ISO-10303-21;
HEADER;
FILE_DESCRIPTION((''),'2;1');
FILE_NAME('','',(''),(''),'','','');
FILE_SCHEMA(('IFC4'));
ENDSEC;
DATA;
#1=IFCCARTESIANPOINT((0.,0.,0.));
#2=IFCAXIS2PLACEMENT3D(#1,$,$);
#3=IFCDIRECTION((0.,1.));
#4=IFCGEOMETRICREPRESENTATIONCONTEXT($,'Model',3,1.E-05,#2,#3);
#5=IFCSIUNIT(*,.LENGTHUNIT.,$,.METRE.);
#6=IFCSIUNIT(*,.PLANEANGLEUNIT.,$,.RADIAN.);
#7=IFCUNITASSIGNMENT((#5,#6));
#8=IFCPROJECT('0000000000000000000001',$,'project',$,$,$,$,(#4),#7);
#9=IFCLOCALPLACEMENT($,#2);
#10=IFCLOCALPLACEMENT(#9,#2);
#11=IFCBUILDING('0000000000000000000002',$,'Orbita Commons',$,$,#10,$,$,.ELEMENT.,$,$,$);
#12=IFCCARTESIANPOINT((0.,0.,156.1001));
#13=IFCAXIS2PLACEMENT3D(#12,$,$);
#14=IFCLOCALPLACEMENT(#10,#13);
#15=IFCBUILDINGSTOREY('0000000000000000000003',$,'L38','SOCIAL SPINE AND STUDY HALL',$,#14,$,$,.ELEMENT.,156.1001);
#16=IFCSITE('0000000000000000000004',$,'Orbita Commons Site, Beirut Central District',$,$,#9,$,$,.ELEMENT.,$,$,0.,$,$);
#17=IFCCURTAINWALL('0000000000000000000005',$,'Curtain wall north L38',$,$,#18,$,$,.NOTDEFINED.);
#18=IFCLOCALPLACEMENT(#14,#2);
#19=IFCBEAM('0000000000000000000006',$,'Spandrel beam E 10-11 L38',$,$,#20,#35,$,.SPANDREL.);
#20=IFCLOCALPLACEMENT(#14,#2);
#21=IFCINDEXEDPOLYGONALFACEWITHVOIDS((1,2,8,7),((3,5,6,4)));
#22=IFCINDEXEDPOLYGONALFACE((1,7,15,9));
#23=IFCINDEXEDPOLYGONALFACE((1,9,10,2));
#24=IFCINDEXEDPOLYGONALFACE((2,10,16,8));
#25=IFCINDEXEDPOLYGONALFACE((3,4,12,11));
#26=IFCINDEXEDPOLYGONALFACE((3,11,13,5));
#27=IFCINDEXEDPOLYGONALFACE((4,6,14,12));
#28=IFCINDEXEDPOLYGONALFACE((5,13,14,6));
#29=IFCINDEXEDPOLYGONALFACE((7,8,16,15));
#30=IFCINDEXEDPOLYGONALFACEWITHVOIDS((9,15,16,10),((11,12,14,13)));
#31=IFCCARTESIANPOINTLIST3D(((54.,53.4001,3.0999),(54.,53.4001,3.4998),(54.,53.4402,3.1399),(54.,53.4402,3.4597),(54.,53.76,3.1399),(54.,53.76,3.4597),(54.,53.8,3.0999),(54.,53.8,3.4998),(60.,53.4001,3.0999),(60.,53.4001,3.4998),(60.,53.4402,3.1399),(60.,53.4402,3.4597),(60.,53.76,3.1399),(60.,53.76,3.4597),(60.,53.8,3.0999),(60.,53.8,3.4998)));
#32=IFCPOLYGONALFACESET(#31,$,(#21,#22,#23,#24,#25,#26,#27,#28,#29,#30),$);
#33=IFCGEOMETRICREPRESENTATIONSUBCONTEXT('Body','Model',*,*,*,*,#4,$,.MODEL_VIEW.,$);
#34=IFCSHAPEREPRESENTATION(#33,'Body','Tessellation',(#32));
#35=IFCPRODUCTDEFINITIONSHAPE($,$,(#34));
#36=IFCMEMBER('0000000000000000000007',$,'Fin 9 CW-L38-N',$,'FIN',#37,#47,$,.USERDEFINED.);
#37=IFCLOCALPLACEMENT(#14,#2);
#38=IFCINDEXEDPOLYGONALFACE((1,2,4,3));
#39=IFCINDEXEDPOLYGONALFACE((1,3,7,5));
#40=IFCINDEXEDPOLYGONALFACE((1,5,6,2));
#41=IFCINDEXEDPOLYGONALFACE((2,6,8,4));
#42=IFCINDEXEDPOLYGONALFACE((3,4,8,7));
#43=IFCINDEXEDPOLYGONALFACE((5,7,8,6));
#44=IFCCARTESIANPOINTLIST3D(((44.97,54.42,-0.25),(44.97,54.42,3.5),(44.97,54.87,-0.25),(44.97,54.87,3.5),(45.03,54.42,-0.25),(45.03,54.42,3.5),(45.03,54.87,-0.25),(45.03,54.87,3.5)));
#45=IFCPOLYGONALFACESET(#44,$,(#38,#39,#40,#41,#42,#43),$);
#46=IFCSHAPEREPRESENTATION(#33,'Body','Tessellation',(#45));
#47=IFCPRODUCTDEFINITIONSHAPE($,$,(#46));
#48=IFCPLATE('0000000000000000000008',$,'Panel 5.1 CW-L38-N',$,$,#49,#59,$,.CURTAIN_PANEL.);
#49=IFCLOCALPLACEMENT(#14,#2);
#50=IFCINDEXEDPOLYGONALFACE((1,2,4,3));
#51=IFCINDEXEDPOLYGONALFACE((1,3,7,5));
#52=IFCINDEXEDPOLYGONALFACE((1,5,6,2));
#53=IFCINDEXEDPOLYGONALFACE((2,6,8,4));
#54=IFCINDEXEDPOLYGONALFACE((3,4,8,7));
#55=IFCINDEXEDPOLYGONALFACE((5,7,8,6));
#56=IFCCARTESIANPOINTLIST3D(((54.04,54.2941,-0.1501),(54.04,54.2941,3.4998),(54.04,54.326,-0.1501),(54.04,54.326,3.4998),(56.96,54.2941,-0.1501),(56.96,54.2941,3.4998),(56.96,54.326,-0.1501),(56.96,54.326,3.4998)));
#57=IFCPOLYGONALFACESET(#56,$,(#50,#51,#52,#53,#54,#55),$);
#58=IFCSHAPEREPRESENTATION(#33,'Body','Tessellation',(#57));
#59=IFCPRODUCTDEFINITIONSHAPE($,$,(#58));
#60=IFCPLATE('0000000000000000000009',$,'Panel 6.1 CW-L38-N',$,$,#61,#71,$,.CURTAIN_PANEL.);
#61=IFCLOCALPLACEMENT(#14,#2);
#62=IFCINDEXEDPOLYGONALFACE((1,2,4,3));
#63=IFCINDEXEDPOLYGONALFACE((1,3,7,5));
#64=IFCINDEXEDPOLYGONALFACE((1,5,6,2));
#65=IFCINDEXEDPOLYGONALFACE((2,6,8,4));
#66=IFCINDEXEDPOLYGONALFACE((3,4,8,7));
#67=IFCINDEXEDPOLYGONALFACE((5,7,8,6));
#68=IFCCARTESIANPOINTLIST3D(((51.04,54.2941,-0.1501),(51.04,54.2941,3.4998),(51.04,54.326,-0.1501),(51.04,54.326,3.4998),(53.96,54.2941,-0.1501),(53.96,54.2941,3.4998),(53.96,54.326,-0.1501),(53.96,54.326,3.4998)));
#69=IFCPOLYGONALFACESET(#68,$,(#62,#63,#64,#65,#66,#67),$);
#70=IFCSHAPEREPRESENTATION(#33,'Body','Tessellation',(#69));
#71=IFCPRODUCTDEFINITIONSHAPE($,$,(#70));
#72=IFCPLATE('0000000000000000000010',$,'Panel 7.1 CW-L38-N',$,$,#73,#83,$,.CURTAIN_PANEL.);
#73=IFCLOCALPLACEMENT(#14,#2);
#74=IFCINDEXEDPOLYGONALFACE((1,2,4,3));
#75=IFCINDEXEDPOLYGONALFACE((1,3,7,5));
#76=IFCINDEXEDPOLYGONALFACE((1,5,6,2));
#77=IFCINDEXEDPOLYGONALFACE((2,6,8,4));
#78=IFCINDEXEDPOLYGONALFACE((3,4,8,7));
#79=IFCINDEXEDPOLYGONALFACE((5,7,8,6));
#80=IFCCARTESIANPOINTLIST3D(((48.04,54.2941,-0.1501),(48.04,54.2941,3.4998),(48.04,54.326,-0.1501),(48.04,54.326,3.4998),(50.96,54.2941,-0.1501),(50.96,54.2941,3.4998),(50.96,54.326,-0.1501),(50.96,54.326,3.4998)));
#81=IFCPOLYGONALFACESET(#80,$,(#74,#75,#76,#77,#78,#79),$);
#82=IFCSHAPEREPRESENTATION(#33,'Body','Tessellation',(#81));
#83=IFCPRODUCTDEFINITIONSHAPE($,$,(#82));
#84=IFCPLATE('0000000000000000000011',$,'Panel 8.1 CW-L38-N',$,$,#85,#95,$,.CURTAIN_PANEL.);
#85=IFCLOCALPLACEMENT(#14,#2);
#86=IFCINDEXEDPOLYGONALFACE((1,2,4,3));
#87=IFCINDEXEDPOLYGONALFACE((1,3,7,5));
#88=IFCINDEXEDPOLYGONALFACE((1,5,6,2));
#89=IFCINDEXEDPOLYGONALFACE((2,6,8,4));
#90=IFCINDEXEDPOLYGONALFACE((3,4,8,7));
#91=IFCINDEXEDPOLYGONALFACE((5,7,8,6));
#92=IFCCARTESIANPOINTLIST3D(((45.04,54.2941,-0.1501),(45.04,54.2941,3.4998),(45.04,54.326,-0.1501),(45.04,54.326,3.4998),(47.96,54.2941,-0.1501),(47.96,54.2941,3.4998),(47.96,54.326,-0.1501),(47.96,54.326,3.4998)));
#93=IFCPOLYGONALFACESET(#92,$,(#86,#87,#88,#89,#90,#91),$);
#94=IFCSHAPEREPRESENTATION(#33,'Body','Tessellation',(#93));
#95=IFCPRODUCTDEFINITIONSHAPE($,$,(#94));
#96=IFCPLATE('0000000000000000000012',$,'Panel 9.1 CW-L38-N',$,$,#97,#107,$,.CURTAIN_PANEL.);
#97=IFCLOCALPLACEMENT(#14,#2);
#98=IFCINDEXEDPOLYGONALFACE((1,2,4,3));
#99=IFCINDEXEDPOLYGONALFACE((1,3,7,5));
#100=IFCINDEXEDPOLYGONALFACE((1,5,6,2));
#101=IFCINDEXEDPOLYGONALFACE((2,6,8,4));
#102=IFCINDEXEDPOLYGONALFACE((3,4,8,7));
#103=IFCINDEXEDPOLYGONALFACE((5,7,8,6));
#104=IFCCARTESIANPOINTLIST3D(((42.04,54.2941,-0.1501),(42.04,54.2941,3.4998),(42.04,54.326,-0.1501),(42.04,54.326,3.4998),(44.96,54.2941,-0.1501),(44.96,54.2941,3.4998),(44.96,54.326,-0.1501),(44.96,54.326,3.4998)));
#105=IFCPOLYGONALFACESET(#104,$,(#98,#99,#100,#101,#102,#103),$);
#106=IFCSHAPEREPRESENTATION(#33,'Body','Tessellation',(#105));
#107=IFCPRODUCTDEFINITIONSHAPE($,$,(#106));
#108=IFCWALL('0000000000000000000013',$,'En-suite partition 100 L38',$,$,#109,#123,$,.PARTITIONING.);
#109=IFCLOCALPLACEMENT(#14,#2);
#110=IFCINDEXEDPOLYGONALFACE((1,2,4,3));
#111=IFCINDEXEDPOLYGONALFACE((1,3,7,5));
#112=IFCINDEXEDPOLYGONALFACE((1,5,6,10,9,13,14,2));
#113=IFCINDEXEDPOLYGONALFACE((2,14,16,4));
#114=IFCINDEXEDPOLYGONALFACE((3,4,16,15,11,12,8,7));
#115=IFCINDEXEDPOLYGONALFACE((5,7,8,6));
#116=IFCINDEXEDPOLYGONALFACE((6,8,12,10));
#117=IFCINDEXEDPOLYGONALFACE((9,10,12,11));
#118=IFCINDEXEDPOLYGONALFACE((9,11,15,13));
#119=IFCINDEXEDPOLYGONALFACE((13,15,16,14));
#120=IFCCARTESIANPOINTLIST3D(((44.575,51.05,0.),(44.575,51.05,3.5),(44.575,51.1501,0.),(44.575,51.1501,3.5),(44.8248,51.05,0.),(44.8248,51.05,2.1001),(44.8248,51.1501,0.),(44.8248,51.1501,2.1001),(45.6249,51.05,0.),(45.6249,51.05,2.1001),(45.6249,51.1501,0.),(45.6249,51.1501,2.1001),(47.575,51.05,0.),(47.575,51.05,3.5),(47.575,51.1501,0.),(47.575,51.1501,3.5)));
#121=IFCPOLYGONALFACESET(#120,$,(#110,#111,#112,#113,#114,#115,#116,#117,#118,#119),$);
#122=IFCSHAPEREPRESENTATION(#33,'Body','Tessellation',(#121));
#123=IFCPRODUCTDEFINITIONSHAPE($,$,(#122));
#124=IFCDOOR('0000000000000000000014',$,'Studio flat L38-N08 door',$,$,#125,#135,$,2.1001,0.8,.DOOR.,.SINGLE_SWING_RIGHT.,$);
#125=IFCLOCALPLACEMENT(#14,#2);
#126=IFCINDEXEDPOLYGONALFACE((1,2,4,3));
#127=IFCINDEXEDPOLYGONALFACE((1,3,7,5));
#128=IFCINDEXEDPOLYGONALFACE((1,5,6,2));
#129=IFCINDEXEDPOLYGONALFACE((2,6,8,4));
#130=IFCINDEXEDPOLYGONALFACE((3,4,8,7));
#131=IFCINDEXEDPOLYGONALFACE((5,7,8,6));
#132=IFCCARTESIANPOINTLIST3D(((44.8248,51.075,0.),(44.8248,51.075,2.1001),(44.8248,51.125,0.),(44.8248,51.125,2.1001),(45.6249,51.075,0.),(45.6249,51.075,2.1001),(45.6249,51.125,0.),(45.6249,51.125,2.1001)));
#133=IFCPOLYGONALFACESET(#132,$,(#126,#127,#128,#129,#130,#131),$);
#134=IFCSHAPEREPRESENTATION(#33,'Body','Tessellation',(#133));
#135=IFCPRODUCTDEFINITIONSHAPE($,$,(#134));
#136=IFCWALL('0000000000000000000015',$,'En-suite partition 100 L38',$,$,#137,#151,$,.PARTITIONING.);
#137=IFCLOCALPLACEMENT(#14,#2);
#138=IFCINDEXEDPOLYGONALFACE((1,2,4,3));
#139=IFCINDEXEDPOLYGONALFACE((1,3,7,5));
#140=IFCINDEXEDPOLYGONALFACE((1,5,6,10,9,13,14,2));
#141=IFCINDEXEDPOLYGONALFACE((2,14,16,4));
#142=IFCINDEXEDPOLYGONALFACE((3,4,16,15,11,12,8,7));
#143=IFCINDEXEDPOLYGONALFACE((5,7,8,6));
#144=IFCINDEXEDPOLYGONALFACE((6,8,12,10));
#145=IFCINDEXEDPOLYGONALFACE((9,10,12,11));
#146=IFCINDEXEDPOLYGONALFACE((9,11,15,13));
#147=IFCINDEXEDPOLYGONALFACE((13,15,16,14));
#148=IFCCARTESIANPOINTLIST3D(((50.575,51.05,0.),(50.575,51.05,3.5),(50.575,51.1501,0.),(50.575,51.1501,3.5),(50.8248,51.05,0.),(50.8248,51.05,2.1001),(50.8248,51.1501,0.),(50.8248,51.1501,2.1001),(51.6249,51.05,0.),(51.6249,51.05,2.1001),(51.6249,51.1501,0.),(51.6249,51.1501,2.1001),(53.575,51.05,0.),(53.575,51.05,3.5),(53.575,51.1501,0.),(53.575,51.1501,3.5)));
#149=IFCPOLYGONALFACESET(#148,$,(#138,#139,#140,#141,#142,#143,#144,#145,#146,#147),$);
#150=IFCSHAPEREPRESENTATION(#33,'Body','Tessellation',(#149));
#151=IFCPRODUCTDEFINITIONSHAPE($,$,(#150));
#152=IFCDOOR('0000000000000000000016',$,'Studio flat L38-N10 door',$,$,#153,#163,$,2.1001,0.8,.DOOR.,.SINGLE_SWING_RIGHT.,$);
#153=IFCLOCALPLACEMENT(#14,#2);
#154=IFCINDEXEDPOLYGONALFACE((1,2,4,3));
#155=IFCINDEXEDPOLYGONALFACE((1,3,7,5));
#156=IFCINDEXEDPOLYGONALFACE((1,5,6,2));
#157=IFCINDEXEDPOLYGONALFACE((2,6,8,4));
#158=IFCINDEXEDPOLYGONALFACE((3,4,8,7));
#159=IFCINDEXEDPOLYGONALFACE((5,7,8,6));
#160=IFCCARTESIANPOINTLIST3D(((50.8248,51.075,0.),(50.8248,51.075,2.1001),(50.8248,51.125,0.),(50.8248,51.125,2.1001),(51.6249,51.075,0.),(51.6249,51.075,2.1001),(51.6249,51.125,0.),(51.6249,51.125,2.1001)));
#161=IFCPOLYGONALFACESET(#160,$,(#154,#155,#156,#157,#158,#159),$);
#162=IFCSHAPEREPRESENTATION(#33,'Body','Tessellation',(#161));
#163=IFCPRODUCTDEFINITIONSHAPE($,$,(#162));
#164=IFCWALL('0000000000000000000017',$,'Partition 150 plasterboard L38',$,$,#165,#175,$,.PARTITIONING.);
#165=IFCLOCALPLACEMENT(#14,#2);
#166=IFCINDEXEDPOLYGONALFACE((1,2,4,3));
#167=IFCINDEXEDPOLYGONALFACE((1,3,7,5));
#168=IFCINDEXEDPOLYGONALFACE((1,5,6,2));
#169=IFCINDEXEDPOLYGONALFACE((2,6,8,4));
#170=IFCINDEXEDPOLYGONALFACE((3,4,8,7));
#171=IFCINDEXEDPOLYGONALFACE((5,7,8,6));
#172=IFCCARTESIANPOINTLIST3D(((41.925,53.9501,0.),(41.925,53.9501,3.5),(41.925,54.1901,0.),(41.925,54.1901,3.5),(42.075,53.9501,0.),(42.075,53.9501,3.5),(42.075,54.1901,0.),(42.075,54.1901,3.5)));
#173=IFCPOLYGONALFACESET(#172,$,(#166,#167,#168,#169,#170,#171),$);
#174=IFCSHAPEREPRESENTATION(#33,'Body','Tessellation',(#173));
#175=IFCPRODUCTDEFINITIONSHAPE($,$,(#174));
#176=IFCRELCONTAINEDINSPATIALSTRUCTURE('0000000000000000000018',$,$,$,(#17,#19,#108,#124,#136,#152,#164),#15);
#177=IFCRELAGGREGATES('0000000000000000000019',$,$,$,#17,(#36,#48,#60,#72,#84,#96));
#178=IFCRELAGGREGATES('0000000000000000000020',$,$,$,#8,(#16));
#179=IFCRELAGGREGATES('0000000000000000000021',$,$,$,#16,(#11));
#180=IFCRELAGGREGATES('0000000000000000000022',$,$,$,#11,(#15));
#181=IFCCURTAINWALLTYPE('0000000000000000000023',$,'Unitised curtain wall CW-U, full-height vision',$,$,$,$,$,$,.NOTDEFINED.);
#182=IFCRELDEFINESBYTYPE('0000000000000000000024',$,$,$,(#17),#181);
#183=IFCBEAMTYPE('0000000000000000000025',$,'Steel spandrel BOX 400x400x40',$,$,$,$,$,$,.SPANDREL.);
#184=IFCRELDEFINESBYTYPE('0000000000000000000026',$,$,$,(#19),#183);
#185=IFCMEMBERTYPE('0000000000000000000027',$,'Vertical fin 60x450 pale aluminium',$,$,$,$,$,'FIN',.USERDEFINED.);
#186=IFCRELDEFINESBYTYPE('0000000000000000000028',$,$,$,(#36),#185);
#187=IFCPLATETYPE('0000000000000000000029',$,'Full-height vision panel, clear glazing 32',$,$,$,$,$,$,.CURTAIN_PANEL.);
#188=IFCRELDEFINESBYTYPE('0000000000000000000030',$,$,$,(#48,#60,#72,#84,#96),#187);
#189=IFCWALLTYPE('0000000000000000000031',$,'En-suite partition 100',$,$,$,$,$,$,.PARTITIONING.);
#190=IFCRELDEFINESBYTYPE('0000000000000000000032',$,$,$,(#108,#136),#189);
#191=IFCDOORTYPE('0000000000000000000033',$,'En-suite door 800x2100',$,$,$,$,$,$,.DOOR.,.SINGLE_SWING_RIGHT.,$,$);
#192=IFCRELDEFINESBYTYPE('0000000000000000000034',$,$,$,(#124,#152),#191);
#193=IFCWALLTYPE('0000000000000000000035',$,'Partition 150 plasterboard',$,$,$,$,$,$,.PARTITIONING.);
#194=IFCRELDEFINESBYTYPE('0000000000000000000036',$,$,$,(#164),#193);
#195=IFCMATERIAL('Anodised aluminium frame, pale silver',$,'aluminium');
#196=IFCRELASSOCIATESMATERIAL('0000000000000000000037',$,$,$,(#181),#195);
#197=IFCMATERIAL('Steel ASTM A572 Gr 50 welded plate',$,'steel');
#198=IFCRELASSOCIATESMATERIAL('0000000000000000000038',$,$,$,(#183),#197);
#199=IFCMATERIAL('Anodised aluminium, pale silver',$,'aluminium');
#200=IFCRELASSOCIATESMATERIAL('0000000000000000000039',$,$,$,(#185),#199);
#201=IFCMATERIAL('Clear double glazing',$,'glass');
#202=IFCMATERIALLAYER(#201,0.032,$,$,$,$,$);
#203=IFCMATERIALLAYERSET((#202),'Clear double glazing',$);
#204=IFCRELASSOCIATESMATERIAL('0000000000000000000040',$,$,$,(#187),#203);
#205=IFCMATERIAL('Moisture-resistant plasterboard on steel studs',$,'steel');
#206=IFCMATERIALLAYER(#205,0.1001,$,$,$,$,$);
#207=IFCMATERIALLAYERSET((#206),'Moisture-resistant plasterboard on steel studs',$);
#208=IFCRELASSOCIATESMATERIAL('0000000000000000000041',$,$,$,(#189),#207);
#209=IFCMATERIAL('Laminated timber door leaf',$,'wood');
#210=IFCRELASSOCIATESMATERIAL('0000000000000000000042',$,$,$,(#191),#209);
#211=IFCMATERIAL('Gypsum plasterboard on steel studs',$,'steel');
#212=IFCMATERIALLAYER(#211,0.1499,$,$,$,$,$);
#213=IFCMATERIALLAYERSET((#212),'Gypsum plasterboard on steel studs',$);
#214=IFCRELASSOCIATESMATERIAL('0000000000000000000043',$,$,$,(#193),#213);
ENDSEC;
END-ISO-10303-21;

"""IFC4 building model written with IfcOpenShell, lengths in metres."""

from ifc_helpers import new_model, si_unit, direction, frame, frame_2d, origin, origin_2d, place, context, subcontext, project, spatial, rectangle, hollow_rectangle, extrude, material, layer, layer_set, material_profile, profile_set, type_object, element, fill, aggregate, save


model = new_model("IFC4")

# Units and contexts
model_context = context("Model", 3, precision=1e-05, world=origin(), true_north=direction((0.0, 1.0)))
body_context = subcontext(model_context, "Body", "Model", "MODEL_VIEW")
ifc_project = project(units=[si_unit("LENGTHUNIT", "METRE"), si_unit("PLANEANGLEUNIT", "RADIAN")], contexts=[model_context])

# Site, building, storey
site_placement = place(None, origin())
site = spatial("IfcSite", under=ifc_project, at=site_placement, Name="Orbita Commons Site, Beirut Central District", CompositionType="ELEMENT", RefElevation=0.0)
building_placement = place(site_placement, origin())
building = spatial("IfcBuilding", under=site, at=building_placement, Name="Orbita Commons", CompositionType="ELEMENT")
storey_placement = place(building_placement, frame((0.0, 0.0, 156.1001)))
storey = spatial("IfcBuildingStorey", under=building, at=storey_placement, Name="L38", Description="SOCIAL SPINE AND STUDY HALL", CompositionType="ELEMENT", Elevation=156.1001)

# Curtain wall
ifc_material_1 = material(Name="Anodised aluminium frame, pale silver", Category="aluminium")
curtain_wall_type = type_object("IfcCurtainWallType", Name="Unitised curtain wall CW-U, full-height vision", PredefinedType="NOTDEFINED", material=ifc_material_1)
curtain_wall_placement = place(storey_placement, origin())
curtain_wall = element("IfcCurtainWall", 1, at=curtain_wall_placement, inside=storey, type_object=curtain_wall_type, Name="Curtain wall north L38", PredefinedType="NOTDEFINED")

# Beam
ifc_material_2 = material(Name="Steel ASTM A572 Gr 50 welded plate", Category="steel")
ifc_material_profile_1 = material_profile(ifc_material_2, hollow_rectangle(XDim=0.3999, YDim=0.3999, WallThickness=0.04, at=origin_2d()), Name="BOX 400x400x40")
ifc_profile_set_1 = profile_set([ifc_material_profile_1], Name="Steel ASTM A572 Gr 50 welded plate")
beam_type = type_object("IfcBeamType", Name="Steel spandrel BOX 400x400x40", PredefinedType="SPANDREL", material=ifc_profile_set_1)
for number, where, z_axis, x_axis, name in (
    (2, (54.0, 53.6001, 3.2998), (1.0, 0.0, 0.0), (0.0, 1.0, 0.0), "Spandrel beam E 10-11 L38"),
):
    element("IfcBeam", number, at=place(storey_placement, frame(where, z_axis=z_axis, x_axis=x_axis)), inside=storey, type_object=beam_type, Name=name, PredefinedType="SPANDREL", context=body_context, shape_type="SweptSolid", body=[
        extrude(hollow_rectangle(XDim=0.3999, YDim=0.3999, WallThickness=0.04, at=origin_2d()), origin(), (0.0, 0.0, 1.0), 6.0),
    ])

# Member
ifc_material_3 = material(Name="Anodised aluminium, pale silver", Category="aluminium")
ifc_material_profile_2 = material_profile(ifc_material_3, rectangle(XDim=0.0601, YDim=0.45, at=origin_2d()), Name="FIN 60x450")
ifc_profile_set_2 = profile_set([ifc_material_profile_2], Name="Anodised aluminium, pale silver")
member_type_1 = type_object("IfcMemberType", Name="Vertical fin 60x450 pale aluminium", ElementType="FIN", PredefinedType="USERDEFINED", material=ifc_profile_set_2)
member_1_placement = place(storey_placement, frame((45.0, 54.645, -0.25), z_axis=(0.0, 0.0, 1.0), x_axis=(-1.0, 0.0, 0.0)))
member_1 = element("IfcMember", 3, at=member_1_placement, type_object=member_type_1, Name="Fin 9 CW-L38-N", ObjectType="FIN", PredefinedType="USERDEFINED", context=body_context, shape_type="SweptSolid", body=[
    extrude(rectangle(XDim=0.0601, YDim=0.45, at=origin_2d()), origin(), (0.0, 0.0, 1.0), 3.75),
])

# Plates
ifc_material_4 = material(Name="Clear double glazing", Category="glass")
ifc_layer_1 = layer(ifc_material_4, 0.032)
ifc_layer_set_1 = layer_set([ifc_layer_1], Name="Clear double glazing")
plate_type = type_object("IfcPlateType", Name="Full-height vision panel, clear glazing 32", PredefinedType="CURTAIN_PANEL", material=ifc_layer_set_1)
plate_1_placement = place(storey_placement, frame((55.5, 54.3101, -0.1501), z_axis=(0.0, 0.0, 1.0), x_axis=(-1.0, 0.0, 0.0)))
plate_1 = element("IfcPlate", 4, at=plate_1_placement, type_object=plate_type, Name="Panel 5.1 CW-L38-N", PredefinedType="CURTAIN_PANEL", context=body_context, shape_type="SweptSolid", body=[
    extrude(rectangle(XDim=2.9199, YDim=0.032, at=origin_2d()), origin(), (0.0, 0.0, 1.0), 3.6499),
])
plate_2_placement = place(storey_placement, frame((52.5, 54.3101, -0.1501), z_axis=(0.0, 0.0, 1.0), x_axis=(-1.0, 0.0, 0.0)))
plate_2 = element("IfcPlate", 5, at=plate_2_placement, type_object=plate_type, Name="Panel 6.1 CW-L38-N", PredefinedType="CURTAIN_PANEL", context=body_context, shape_type="SweptSolid", body=[
    extrude(rectangle(XDim=2.9199, YDim=0.032, at=origin_2d()), origin(), (0.0, 0.0, 1.0), 3.6499),
])
plate_3_placement = place(storey_placement, frame((49.5, 54.3101, -0.1501), z_axis=(0.0, 0.0, 1.0), x_axis=(-1.0, 0.0, 0.0)))
plate_3 = element("IfcPlate", 6, at=plate_3_placement, type_object=plate_type, Name="Panel 7.1 CW-L38-N", PredefinedType="CURTAIN_PANEL", context=body_context, shape_type="SweptSolid", body=[
    extrude(rectangle(XDim=2.9199, YDim=0.032, at=origin_2d()), origin(), (0.0, 0.0, 1.0), 3.6499),
])
plate_4_placement = place(storey_placement, frame((46.5, 54.3101, -0.1501), z_axis=(0.0, 0.0, 1.0), x_axis=(-1.0, 0.0, 0.0)))
plate_4 = element("IfcPlate", 7, at=plate_4_placement, type_object=plate_type, Name="Panel 8.1 CW-L38-N", PredefinedType="CURTAIN_PANEL", context=body_context, shape_type="SweptSolid", body=[
    extrude(rectangle(XDim=2.9199, YDim=0.032, at=origin_2d()), origin(), (0.0, 0.0, 1.0), 3.6499),
])
plate_5_placement = place(storey_placement, frame((43.5, 54.3101, -0.1501), z_axis=(0.0, 0.0, 1.0), x_axis=(-1.0, 0.0, 0.0)))
plate_5 = element("IfcPlate", 8, at=plate_5_placement, type_object=plate_type, Name="Panel 9.1 CW-L38-N", PredefinedType="CURTAIN_PANEL", context=body_context, shape_type="SweptSolid", body=[
    extrude(rectangle(XDim=2.9199, YDim=0.032, at=origin_2d()), origin(), (0.0, 0.0, 1.0), 3.6499),
])
aggregate(curtain_wall, [member_1, plate_1, plate_2, plate_3, plate_4, plate_5])

# Walls, openings, doors
ifc_material_5 = material(Name="Moisture-resistant plasterboard on steel studs", Category="steel")
ifc_layer_2 = layer(ifc_material_5, 0.1001)
ifc_layer_set_2 = layer_set([ifc_layer_2], Name="Moisture-resistant plasterboard on steel studs")
wall_type_1 = type_object("IfcWallType", Name="En-suite partition 100", PredefinedType="PARTITIONING", material=ifc_layer_set_2)
wall_1_placement = place(storey_placement, frame((44.575, 51.1001, 0.0), z_axis=(0.0, 0.0, 1.0), x_axis=(1.0, 0.0, 0.0)))
wall_1 = element("IfcWall", 9, at=wall_1_placement, inside=storey, type_object=wall_type_1, Name="En-suite partition 100 L38", PredefinedType="PARTITIONING", context=body_context, shape_type="SweptSolid", body=[
    extrude(rectangle(XDim=3.0, YDim=0.1001, at=frame_2d((1.5, 0.0))), origin(), (0.0, 0.0, 1.0), 3.5),
])
opening_1_placement = place(wall_1_placement, frame((0.25, 0.0, 0.0)))
opening_1 = element("IfcOpeningElement", 10, at=opening_1_placement, cuts=wall_1, PredefinedType="OPENING", context=body_context, shape_type="SweptSolid", body=[
    extrude(rectangle(XDim=0.8, YDim=2.1001, at=frame_2d((0.3999, 1.05))), frame((0.0, 0.0601, 0.0), z_axis=(0.0, -1.0, 0.0), x_axis=(1.0, 0.0, 0.0)), (0.0, 0.0, 1.0), 0.1201),
])
ifc_material_6 = material(Name="Laminated timber door leaf", Category="wood")
door_type = type_object("IfcDoorType", Name="En-suite door 800x2100", OperationType="SINGLE_SWING_RIGHT", PredefinedType="DOOR", material=ifc_material_6)
door_1_placement = place(opening_1_placement, origin())
door_1 = element("IfcDoor", 11, at=door_1_placement, inside=storey, type_object=door_type, Name="Studio flat L38-N08 door", OperationType="SINGLE_SWING_RIGHT", OverallHeight=2.1001, OverallWidth=0.8, PredefinedType="DOOR", context=body_context, shape_type="SweptSolid", body=[
    extrude(rectangle(XDim=0.8, YDim=2.1001, at=frame_2d((0.3999, 1.05))), frame((0.0, 0.0249, 0.0), z_axis=(0.0, -1.0, 0.0), x_axis=(1.0, 0.0, 0.0)), (0.0, 0.0, 1.0), 0.05),
])
fill(opening_1, door_1)
wall_2_placement = place(storey_placement, frame((50.575, 51.1001, 0.0), z_axis=(0.0, 0.0, 1.0), x_axis=(1.0, 0.0, 0.0)))
wall_2 = element("IfcWall", 12, at=wall_2_placement, inside=storey, type_object=wall_type_1, Name="En-suite partition 100 L38", PredefinedType="PARTITIONING", context=body_context, shape_type="SweptSolid", body=[
    extrude(rectangle(XDim=3.0, YDim=0.1001, at=frame_2d((1.5, 0.0))), origin(), (0.0, 0.0, 1.0), 3.5),
])
opening_2_placement = place(wall_2_placement, frame((0.25, 0.0, 0.0)))
opening_2 = element("IfcOpeningElement", 13, at=opening_2_placement, cuts=wall_2, PredefinedType="OPENING", context=body_context, shape_type="SweptSolid", body=[
    extrude(rectangle(XDim=0.8, YDim=2.1001, at=frame_2d((0.3999, 1.05))), frame((0.0, 0.0601, 0.0), z_axis=(0.0, -1.0, 0.0), x_axis=(1.0, 0.0, 0.0)), (0.0, 0.0, 1.0), 0.1201),
])
door_2_placement = place(opening_2_placement, origin())
door_2 = element("IfcDoor", 14, at=door_2_placement, inside=storey, type_object=door_type, Name="Studio flat L38-N10 door", OperationType="SINGLE_SWING_RIGHT", OverallHeight=2.1001, OverallWidth=0.8, PredefinedType="DOOR", context=body_context, shape_type="SweptSolid", body=[
    extrude(rectangle(XDim=0.8, YDim=2.1001, at=frame_2d((0.3999, 1.05))), frame((0.0, 0.0249, 0.0), z_axis=(0.0, -1.0, 0.0), x_axis=(1.0, 0.0, 0.0)), (0.0, 0.0, 1.0), 0.05),
])
fill(opening_2, door_2)

# Wall
ifc_material_7 = material(Name="Gypsum plasterboard on steel studs", Category="steel")
ifc_layer_3 = layer(ifc_material_7, 0.1499)
ifc_layer_set_3 = layer_set([ifc_layer_3], Name="Gypsum plasterboard on steel studs")
wall_type_2 = type_object("IfcWallType", Name="Partition 150 plasterboard", PredefinedType="PARTITIONING", material=ifc_layer_set_3)
for number, where, z_axis, x_axis, name in (
    (15, (42.0, 53.95, 0.0), (0.0, 0.0, 1.0), (0.0, 1.0, 0.0), "Partition 150 plasterboard L38"),
):
    element("IfcWall", number, at=place(storey_placement, frame(where, z_axis=z_axis, x_axis=x_axis)), inside=storey, type_object=wall_type_2, Name=name, PredefinedType="PARTITIONING", context=body_context, shape_type="SweptSolid", body=[
        extrude(rectangle(XDim=0.24, YDim=0.1499, at=frame_2d((0.1201, 0.0))), origin(), (0.0, 0.0, 1.0), 3.5),
    ])

save(model, "model.ifc")
